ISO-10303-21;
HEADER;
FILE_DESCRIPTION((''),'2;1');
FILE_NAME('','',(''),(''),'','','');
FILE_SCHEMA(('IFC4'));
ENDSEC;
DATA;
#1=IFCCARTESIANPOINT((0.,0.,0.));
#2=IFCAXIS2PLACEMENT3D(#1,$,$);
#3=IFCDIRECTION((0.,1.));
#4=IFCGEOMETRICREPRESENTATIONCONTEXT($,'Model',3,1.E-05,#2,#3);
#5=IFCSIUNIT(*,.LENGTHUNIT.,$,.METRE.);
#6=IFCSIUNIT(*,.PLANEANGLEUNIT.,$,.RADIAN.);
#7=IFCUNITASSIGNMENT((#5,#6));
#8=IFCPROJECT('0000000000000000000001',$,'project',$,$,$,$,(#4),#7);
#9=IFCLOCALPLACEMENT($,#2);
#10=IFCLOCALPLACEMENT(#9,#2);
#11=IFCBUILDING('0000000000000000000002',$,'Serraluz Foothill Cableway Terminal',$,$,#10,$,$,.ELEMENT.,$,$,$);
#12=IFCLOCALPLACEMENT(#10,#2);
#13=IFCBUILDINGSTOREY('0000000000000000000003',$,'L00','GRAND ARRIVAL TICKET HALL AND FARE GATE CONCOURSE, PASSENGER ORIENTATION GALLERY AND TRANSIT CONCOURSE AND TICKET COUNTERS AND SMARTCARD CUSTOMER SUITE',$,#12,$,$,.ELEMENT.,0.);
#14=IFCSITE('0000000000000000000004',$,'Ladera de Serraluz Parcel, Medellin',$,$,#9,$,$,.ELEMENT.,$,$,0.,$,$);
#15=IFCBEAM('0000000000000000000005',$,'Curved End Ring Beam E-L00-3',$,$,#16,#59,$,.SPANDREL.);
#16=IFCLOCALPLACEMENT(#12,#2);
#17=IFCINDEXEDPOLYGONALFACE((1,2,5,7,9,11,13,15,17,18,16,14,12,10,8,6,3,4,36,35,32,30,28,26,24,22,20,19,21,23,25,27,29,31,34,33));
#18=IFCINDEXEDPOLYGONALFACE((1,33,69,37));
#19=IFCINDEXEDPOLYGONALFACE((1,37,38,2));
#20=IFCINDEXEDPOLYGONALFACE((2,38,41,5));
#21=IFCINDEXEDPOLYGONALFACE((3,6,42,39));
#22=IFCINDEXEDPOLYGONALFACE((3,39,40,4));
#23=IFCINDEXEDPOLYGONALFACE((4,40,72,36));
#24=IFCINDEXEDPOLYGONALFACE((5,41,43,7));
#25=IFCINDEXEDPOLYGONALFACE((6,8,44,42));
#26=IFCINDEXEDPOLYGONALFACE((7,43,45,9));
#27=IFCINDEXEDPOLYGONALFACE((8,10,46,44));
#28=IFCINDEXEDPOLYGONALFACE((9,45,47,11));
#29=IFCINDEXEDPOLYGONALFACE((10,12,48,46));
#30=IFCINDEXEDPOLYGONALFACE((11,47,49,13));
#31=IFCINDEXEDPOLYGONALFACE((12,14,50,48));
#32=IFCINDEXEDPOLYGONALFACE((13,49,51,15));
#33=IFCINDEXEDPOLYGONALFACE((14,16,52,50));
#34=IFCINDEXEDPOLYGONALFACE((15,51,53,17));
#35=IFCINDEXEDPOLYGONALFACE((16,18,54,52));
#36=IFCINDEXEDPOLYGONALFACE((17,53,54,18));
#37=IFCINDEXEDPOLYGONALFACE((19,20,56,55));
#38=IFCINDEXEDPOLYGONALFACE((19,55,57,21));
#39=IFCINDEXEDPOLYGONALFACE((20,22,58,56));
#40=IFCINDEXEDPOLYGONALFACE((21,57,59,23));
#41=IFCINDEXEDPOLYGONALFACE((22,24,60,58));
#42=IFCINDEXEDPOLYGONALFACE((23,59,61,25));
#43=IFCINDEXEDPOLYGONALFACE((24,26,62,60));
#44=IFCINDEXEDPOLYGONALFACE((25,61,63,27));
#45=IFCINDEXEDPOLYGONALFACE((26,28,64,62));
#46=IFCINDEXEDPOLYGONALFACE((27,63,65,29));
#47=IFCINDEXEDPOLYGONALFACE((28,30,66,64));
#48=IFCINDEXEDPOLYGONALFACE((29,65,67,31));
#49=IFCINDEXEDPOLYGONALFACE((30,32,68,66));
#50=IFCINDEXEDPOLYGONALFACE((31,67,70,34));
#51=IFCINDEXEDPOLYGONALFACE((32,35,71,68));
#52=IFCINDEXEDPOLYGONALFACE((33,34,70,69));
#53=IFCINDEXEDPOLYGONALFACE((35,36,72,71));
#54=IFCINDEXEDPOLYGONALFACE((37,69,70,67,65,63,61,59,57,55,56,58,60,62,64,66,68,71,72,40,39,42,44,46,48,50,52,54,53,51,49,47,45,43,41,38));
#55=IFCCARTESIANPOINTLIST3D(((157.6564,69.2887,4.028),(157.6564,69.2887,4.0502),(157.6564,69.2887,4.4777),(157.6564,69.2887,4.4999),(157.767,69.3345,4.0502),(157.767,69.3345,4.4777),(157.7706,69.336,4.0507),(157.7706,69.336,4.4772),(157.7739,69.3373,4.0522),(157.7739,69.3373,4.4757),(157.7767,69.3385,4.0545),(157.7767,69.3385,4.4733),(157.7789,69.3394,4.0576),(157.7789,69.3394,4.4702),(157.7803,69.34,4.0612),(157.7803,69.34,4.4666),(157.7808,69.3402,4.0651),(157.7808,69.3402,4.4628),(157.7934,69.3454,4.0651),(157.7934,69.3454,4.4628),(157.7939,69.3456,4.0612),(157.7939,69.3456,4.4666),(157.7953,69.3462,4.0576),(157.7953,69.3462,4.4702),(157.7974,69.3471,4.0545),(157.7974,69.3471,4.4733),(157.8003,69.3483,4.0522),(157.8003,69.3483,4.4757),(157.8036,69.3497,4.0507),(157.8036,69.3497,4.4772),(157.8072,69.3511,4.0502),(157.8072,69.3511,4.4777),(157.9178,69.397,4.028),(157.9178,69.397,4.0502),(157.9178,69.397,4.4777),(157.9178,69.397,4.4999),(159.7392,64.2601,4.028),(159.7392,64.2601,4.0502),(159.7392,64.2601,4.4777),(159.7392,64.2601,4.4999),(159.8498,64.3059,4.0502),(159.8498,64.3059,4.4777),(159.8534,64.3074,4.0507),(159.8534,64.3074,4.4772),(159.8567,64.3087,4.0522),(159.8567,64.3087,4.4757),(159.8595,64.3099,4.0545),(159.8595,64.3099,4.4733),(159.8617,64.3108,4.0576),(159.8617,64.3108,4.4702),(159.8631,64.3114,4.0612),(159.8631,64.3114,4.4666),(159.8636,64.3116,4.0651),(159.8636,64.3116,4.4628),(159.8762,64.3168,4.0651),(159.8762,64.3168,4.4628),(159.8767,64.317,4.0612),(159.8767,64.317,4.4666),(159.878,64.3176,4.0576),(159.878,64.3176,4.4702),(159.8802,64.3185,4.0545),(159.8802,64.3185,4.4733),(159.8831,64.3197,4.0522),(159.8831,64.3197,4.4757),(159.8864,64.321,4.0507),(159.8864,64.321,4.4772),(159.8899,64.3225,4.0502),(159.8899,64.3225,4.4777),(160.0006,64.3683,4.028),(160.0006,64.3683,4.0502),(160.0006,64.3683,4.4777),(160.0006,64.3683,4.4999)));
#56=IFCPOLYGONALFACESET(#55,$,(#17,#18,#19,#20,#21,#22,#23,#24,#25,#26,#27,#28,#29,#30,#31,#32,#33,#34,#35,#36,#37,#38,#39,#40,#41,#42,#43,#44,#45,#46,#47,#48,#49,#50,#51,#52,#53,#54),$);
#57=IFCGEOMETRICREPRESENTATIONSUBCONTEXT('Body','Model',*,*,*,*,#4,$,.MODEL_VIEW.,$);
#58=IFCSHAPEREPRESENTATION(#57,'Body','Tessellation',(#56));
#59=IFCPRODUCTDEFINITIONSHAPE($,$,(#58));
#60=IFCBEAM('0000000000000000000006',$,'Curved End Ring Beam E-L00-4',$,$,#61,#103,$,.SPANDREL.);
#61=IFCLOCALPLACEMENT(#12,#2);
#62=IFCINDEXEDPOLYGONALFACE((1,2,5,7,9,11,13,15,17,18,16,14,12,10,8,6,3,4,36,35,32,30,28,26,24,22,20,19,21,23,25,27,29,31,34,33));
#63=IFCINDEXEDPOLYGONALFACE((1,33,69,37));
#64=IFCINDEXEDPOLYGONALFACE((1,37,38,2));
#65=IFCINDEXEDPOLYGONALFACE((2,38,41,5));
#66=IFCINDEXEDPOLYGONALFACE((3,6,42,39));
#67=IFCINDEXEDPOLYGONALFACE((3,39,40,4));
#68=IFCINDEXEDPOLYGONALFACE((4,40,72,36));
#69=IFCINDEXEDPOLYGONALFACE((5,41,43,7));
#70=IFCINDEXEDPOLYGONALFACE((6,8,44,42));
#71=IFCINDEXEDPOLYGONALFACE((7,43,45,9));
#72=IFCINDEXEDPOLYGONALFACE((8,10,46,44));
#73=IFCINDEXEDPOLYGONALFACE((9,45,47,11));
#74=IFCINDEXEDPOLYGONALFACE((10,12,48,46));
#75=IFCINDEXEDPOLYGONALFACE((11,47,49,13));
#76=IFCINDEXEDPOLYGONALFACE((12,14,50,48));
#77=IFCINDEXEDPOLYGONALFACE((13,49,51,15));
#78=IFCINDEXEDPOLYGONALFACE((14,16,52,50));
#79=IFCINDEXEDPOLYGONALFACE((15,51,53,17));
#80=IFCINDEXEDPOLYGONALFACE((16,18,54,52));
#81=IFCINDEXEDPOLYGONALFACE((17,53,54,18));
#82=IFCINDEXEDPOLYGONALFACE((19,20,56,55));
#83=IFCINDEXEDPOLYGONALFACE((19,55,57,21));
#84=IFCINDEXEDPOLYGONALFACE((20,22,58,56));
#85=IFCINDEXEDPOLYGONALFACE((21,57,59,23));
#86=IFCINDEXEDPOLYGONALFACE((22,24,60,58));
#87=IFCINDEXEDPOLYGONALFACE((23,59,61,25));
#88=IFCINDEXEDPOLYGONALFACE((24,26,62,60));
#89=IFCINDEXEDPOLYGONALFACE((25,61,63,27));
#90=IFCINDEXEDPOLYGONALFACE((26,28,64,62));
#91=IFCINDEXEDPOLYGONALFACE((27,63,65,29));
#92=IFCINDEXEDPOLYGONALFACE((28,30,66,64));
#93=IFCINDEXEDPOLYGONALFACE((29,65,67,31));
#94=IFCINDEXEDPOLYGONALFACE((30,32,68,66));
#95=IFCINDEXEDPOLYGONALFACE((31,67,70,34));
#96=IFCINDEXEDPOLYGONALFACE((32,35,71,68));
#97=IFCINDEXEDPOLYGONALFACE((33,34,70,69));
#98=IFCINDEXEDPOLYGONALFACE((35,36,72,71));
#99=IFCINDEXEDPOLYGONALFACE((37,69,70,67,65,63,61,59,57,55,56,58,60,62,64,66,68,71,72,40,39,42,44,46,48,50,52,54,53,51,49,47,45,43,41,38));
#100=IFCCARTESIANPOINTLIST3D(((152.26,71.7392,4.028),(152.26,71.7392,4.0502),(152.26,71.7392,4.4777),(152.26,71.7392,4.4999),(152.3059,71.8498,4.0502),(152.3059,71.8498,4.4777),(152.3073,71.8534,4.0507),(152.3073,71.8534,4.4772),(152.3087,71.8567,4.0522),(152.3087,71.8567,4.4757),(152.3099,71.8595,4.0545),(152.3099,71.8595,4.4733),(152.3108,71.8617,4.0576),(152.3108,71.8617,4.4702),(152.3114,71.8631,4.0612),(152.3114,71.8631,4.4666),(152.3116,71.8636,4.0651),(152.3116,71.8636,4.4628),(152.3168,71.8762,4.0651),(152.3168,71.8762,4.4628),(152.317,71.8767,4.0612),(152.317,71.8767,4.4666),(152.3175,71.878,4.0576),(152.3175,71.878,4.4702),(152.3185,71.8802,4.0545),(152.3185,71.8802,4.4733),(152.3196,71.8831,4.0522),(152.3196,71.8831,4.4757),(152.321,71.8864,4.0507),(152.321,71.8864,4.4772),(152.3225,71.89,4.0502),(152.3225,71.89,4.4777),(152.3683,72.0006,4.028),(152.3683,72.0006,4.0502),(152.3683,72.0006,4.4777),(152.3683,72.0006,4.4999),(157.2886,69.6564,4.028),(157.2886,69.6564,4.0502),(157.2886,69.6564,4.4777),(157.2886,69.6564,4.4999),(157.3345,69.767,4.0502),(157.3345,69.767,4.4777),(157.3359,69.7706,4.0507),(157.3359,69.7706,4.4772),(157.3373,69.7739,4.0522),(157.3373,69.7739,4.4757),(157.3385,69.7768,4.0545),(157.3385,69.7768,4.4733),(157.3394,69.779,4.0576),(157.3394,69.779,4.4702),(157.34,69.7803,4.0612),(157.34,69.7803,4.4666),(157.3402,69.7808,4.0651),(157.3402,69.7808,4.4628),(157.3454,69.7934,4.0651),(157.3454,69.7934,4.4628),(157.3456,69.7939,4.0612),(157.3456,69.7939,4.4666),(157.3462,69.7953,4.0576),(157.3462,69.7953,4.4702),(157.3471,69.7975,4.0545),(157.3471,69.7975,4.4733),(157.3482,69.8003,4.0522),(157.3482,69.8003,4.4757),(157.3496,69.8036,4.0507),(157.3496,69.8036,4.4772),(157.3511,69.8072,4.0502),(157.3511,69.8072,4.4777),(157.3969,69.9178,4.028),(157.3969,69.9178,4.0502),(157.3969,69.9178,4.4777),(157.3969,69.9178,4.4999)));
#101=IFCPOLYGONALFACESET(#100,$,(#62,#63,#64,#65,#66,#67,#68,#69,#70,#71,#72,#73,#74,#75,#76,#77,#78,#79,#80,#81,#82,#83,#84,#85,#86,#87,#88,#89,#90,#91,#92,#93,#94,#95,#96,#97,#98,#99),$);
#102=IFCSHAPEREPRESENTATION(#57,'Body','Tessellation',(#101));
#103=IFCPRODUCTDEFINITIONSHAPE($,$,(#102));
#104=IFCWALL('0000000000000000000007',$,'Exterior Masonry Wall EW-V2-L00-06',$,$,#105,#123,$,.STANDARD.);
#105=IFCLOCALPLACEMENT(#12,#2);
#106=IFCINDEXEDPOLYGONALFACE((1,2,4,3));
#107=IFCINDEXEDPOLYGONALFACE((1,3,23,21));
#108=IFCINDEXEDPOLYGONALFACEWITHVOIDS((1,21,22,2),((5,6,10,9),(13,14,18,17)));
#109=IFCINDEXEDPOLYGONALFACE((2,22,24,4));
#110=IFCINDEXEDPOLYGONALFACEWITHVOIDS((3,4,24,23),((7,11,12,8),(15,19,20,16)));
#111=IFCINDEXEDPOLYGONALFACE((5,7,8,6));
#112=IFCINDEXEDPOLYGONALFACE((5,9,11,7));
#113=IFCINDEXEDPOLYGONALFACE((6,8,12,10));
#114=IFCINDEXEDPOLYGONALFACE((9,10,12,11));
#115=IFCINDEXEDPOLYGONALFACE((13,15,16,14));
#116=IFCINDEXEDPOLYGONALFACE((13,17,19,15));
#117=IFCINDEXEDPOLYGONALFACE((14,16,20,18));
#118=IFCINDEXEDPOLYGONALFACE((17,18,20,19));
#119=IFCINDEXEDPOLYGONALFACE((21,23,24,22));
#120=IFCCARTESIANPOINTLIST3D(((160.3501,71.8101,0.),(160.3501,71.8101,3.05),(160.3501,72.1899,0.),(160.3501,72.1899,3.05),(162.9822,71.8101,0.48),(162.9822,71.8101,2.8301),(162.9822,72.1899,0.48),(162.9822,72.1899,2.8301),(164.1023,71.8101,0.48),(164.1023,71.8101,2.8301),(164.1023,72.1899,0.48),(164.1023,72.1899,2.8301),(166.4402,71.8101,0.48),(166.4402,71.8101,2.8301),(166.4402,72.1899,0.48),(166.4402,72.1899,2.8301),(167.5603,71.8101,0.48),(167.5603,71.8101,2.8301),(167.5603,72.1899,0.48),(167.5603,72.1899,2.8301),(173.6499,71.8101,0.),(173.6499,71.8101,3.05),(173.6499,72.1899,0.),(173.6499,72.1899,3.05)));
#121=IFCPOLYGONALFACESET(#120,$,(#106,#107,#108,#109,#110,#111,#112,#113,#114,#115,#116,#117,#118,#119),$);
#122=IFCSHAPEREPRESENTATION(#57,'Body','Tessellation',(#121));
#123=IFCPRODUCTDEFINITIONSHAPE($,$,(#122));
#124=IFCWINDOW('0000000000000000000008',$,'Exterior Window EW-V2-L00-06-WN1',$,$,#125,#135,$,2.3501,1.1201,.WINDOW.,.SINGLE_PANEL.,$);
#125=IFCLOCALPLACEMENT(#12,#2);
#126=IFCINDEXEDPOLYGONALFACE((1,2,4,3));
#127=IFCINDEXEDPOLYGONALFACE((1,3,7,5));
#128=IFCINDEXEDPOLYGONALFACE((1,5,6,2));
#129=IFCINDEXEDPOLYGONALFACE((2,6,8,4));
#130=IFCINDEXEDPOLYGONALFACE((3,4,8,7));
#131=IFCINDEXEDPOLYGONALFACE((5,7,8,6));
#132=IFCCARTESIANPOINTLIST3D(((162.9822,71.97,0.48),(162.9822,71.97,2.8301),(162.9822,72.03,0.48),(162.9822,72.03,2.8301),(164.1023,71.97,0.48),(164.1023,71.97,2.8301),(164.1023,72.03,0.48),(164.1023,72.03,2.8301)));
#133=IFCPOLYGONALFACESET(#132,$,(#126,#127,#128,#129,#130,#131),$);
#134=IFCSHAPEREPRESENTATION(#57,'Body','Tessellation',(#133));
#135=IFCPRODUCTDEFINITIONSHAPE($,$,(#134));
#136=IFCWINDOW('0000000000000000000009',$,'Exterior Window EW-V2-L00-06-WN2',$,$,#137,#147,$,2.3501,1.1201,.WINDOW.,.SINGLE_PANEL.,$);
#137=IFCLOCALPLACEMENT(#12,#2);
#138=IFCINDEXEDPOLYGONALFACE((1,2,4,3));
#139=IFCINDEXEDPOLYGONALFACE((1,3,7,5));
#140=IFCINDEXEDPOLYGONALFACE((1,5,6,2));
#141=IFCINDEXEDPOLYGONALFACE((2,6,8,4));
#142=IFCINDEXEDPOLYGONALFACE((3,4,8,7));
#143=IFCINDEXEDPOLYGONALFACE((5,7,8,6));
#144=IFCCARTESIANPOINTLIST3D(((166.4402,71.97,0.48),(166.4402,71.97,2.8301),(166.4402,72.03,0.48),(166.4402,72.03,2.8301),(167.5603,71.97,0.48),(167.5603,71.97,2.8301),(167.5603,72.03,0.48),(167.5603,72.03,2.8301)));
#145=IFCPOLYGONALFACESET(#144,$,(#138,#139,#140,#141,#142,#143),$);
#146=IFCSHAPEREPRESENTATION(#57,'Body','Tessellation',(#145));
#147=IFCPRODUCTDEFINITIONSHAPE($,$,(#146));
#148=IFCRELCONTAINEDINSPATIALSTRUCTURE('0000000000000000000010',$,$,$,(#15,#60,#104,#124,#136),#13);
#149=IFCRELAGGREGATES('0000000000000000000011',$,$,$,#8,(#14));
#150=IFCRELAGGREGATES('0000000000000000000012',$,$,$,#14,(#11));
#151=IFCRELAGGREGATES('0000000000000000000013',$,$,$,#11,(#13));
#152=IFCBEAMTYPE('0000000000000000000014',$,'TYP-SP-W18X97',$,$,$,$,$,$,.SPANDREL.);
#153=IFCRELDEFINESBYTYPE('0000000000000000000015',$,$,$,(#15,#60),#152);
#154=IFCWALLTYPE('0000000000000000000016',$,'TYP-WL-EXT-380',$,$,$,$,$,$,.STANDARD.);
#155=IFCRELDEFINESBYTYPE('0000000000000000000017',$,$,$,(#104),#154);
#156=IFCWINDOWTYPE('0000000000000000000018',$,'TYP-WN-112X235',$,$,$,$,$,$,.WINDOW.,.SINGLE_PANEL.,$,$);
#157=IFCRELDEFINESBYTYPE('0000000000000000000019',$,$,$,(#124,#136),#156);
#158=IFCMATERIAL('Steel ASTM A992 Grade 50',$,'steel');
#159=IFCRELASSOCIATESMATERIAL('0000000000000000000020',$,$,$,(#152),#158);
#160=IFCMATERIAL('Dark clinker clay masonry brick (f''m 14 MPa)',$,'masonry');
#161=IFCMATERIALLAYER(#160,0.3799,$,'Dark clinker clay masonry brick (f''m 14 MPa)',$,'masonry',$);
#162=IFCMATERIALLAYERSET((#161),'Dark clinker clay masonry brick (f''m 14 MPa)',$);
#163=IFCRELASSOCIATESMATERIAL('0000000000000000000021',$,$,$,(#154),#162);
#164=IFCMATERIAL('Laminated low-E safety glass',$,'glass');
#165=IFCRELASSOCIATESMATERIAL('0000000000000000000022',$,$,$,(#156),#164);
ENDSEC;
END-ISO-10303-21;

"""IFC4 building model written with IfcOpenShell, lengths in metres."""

from ifc_helpers import new_model, si_unit, direction, frame, frame_2d, origin, origin_2d, place, context, subcontext, project, spatial, rectangle, i_section, extrude, material, layer, layer_set, material_profile, profile_set, type_object, element, fill, save


model = new_model("IFC4")

# Units and contexts
model_context = context("Model", 3, precision=1e-05, world=origin(), true_north=direction((0.0, 1.0)))
body_context = subcontext(model_context, "Body", "Model", "MODEL_VIEW")
ifc_project = project(units=[si_unit("LENGTHUNIT", "METRE"), si_unit("PLANEANGLEUNIT", "RADIAN")], contexts=[model_context])

# Site, building, storey
site_placement = place(None, origin())
site = spatial("IfcSite", under=ifc_project, at=site_placement, Name="Ladera de Serraluz Parcel, Medellin", CompositionType="ELEMENT", RefElevation=0.0)
building_placement = place(site_placement, origin())
building = spatial("IfcBuilding", under=site, at=building_placement, Name="Serraluz Foothill Cableway Terminal", CompositionType="ELEMENT")
storey_placement = place(building_placement, origin())
storey = spatial("IfcBuildingStorey", under=building, at=storey_placement, Name="L00", Description="GRAND ARRIVAL TICKET HALL AND FARE GATE CONCOURSE, PASSENGER ORIENTATION GALLERY AND TRANSIT CONCOURSE AND TICKET COUNTERS AND SMARTCARD CUSTOMER SUITE", CompositionType="ELEMENT", Elevation=0.0)

# Beams
ifc_material_1 = material(Name="Steel ASTM A992 Grade 50", Category="steel")
ifc_material_profile_1 = material_profile(ifc_material_1, i_section(OverallWidth=0.283, OverallDepth=0.4719, WebThickness=0.0137, FlangeThickness=0.0222, FilletRadius=0.0149, at=origin_2d()), Name="W18X97")
ifc_profile_set_1 = profile_set([ifc_material_profile_1], Name="Steel ASTM A992 Grade 50")
beam_type_1 = type_object("IfcBeamType", Name="TYP-SP-W18X97", PredefinedType="SPANDREL", material=ifc_profile_set_1)
for number, where, z_axis, x_axis, name in (
    (1, (159.8699, 64.3142, 4.2639), (-0.382662, 0.923888, 0.0), (-0.923888, -0.382662, 0.0), "Curved End Ring Beam E-L00-3"),
    (2, (157.3428, 69.7871, 4.2639), (-0.923888, 0.382662, 0.0), (-0.382662, -0.923888, 0.0), "Curved End Ring Beam E-L00-4"),
):
    element("IfcBeam", number, at=place(storey_placement, frame(where, z_axis=z_axis, x_axis=x_axis)), inside=storey, type_object=beam_type_1, Name=name, PredefinedType="SPANDREL", context=body_context, shape_type="SweptSolid", body=[
        extrude(i_section(OverallWidth=0.283, OverallDepth=0.4719, WebThickness=0.0137, FlangeThickness=0.0222, FilletRadius=0.0149, at=origin_2d()), origin(), (0.0, 0.0, 1.0), 5.4429),
    ])

# Wall, openings, windows
ifc_material_2 = material(Name="Dark clinker clay masonry brick (f'm 14 MPa)", Category="masonry")
ifc_layer = layer(ifc_material_2, 0.3799, Name="Dark clinker clay masonry brick (f'm 14 MPa)", Category="masonry")
ifc_layer_set = layer_set([ifc_layer], Name="Dark clinker clay masonry brick (f'm 14 MPa)")
wall_type = type_object("IfcWallType", Name="TYP-WL-EXT-380", PredefinedType="STANDARD", material=ifc_layer_set)
wall_placement = place(storey_placement, frame((160.3501, 72.0, 0.0), z_axis=(0.0, 0.0, 1.0), x_axis=(1.0, 0.0, 0.0)))
wall = element("IfcWall", 3, at=wall_placement, inside=storey, type_object=wall_type, Name="Exterior Masonry Wall EW-V2-L00-06", PredefinedType="STANDARD", context=body_context, shape_type="SweptSolid", body=[
    extrude(rectangle(XDim=13.2998, YDim=0.3799, at=frame_2d((6.6499, 0.0))), origin(), (0.0, 0.0, 1.0), 3.05),
])
opening_1_placement = place(wall_placement, frame((2.6321, 0.0, 0.48)))
opening_1 = element("IfcOpeningElement", 4, at=opening_1_placement, cuts=wall, PredefinedType="OPENING", context=body_context, shape_type="SweptSolid", body=[
    extrude(rectangle(XDim=1.1201, YDim=2.3501, at=frame_2d((0.5601, 1.175))), frame((0.0, 0.2, 0.0), z_axis=(0.0, -1.0, 0.0), x_axis=(1.0, 0.0, 0.0)), (0.0, 0.0, 1.0), 0.3999),
])
opening_2_placement = place(wall_placement, frame((6.0901, 0.0, 0.48)))
opening_2 = element("IfcOpeningElement", 5, at=opening_2_placement, cuts=wall, PredefinedType="OPENING", context=body_context, shape_type="SweptSolid", body=[
    extrude(rectangle(XDim=1.1201, YDim=2.3501, at=frame_2d((0.5601, 1.175))), frame((0.0, 0.2, 0.0), z_axis=(0.0, -1.0, 0.0), x_axis=(1.0, 0.0, 0.0)), (0.0, 0.0, 1.0), 0.3999),
])
ifc_material_3 = material(Name="Laminated low-E safety glass", Category="glass")
window_type = type_object("IfcWindowType", Name="TYP-WN-112X235", PartitioningType="SINGLE_PANEL", PredefinedType="WINDOW", material=ifc_material_3)
window_1_placement = place(opening_1_placement, origin())
window_1 = element("IfcWindow", 6, at=window_1_placement, inside=storey, type_object=window_type, Name="Exterior Window EW-V2-L00-06-WN1", OverallHeight=2.3501, OverallWidth=1.1201, PartitioningType="SINGLE_PANEL", PredefinedType="WINDOW", context=body_context, shape_type="SweptSolid", body=[
    extrude(rectangle(XDim=1.1201, YDim=2.3501, at=frame_2d((0.5601, 1.175))), frame((0.0, 0.03, 0.0), z_axis=(0.0, -1.0, 0.0), x_axis=(1.0, 0.0, 0.0)), (0.0, 0.0, 1.0), 0.0601),
])
fill(opening_1, window_1)
window_2_placement = place(opening_2_placement, origin())
window_2 = element("IfcWindow", 7, at=window_2_placement, inside=storey, type_object=window_type, Name="Exterior Window EW-V2-L00-06-WN2", OverallHeight=2.3501, OverallWidth=1.1201, PartitioningType="SINGLE_PANEL", PredefinedType="WINDOW", context=body_context, shape_type="SweptSolid", body=[
    extrude(rectangle(XDim=1.1201, YDim=2.3501, at=frame_2d((0.5601, 1.175))), frame((0.0, 0.03, 0.0), z_axis=(0.0, -1.0, 0.0), x_axis=(1.0, 0.0, 0.0)), (0.0, 0.0, 1.0), 0.0601),
])
fill(opening_2, window_2)

save(model, "model.ifc")
